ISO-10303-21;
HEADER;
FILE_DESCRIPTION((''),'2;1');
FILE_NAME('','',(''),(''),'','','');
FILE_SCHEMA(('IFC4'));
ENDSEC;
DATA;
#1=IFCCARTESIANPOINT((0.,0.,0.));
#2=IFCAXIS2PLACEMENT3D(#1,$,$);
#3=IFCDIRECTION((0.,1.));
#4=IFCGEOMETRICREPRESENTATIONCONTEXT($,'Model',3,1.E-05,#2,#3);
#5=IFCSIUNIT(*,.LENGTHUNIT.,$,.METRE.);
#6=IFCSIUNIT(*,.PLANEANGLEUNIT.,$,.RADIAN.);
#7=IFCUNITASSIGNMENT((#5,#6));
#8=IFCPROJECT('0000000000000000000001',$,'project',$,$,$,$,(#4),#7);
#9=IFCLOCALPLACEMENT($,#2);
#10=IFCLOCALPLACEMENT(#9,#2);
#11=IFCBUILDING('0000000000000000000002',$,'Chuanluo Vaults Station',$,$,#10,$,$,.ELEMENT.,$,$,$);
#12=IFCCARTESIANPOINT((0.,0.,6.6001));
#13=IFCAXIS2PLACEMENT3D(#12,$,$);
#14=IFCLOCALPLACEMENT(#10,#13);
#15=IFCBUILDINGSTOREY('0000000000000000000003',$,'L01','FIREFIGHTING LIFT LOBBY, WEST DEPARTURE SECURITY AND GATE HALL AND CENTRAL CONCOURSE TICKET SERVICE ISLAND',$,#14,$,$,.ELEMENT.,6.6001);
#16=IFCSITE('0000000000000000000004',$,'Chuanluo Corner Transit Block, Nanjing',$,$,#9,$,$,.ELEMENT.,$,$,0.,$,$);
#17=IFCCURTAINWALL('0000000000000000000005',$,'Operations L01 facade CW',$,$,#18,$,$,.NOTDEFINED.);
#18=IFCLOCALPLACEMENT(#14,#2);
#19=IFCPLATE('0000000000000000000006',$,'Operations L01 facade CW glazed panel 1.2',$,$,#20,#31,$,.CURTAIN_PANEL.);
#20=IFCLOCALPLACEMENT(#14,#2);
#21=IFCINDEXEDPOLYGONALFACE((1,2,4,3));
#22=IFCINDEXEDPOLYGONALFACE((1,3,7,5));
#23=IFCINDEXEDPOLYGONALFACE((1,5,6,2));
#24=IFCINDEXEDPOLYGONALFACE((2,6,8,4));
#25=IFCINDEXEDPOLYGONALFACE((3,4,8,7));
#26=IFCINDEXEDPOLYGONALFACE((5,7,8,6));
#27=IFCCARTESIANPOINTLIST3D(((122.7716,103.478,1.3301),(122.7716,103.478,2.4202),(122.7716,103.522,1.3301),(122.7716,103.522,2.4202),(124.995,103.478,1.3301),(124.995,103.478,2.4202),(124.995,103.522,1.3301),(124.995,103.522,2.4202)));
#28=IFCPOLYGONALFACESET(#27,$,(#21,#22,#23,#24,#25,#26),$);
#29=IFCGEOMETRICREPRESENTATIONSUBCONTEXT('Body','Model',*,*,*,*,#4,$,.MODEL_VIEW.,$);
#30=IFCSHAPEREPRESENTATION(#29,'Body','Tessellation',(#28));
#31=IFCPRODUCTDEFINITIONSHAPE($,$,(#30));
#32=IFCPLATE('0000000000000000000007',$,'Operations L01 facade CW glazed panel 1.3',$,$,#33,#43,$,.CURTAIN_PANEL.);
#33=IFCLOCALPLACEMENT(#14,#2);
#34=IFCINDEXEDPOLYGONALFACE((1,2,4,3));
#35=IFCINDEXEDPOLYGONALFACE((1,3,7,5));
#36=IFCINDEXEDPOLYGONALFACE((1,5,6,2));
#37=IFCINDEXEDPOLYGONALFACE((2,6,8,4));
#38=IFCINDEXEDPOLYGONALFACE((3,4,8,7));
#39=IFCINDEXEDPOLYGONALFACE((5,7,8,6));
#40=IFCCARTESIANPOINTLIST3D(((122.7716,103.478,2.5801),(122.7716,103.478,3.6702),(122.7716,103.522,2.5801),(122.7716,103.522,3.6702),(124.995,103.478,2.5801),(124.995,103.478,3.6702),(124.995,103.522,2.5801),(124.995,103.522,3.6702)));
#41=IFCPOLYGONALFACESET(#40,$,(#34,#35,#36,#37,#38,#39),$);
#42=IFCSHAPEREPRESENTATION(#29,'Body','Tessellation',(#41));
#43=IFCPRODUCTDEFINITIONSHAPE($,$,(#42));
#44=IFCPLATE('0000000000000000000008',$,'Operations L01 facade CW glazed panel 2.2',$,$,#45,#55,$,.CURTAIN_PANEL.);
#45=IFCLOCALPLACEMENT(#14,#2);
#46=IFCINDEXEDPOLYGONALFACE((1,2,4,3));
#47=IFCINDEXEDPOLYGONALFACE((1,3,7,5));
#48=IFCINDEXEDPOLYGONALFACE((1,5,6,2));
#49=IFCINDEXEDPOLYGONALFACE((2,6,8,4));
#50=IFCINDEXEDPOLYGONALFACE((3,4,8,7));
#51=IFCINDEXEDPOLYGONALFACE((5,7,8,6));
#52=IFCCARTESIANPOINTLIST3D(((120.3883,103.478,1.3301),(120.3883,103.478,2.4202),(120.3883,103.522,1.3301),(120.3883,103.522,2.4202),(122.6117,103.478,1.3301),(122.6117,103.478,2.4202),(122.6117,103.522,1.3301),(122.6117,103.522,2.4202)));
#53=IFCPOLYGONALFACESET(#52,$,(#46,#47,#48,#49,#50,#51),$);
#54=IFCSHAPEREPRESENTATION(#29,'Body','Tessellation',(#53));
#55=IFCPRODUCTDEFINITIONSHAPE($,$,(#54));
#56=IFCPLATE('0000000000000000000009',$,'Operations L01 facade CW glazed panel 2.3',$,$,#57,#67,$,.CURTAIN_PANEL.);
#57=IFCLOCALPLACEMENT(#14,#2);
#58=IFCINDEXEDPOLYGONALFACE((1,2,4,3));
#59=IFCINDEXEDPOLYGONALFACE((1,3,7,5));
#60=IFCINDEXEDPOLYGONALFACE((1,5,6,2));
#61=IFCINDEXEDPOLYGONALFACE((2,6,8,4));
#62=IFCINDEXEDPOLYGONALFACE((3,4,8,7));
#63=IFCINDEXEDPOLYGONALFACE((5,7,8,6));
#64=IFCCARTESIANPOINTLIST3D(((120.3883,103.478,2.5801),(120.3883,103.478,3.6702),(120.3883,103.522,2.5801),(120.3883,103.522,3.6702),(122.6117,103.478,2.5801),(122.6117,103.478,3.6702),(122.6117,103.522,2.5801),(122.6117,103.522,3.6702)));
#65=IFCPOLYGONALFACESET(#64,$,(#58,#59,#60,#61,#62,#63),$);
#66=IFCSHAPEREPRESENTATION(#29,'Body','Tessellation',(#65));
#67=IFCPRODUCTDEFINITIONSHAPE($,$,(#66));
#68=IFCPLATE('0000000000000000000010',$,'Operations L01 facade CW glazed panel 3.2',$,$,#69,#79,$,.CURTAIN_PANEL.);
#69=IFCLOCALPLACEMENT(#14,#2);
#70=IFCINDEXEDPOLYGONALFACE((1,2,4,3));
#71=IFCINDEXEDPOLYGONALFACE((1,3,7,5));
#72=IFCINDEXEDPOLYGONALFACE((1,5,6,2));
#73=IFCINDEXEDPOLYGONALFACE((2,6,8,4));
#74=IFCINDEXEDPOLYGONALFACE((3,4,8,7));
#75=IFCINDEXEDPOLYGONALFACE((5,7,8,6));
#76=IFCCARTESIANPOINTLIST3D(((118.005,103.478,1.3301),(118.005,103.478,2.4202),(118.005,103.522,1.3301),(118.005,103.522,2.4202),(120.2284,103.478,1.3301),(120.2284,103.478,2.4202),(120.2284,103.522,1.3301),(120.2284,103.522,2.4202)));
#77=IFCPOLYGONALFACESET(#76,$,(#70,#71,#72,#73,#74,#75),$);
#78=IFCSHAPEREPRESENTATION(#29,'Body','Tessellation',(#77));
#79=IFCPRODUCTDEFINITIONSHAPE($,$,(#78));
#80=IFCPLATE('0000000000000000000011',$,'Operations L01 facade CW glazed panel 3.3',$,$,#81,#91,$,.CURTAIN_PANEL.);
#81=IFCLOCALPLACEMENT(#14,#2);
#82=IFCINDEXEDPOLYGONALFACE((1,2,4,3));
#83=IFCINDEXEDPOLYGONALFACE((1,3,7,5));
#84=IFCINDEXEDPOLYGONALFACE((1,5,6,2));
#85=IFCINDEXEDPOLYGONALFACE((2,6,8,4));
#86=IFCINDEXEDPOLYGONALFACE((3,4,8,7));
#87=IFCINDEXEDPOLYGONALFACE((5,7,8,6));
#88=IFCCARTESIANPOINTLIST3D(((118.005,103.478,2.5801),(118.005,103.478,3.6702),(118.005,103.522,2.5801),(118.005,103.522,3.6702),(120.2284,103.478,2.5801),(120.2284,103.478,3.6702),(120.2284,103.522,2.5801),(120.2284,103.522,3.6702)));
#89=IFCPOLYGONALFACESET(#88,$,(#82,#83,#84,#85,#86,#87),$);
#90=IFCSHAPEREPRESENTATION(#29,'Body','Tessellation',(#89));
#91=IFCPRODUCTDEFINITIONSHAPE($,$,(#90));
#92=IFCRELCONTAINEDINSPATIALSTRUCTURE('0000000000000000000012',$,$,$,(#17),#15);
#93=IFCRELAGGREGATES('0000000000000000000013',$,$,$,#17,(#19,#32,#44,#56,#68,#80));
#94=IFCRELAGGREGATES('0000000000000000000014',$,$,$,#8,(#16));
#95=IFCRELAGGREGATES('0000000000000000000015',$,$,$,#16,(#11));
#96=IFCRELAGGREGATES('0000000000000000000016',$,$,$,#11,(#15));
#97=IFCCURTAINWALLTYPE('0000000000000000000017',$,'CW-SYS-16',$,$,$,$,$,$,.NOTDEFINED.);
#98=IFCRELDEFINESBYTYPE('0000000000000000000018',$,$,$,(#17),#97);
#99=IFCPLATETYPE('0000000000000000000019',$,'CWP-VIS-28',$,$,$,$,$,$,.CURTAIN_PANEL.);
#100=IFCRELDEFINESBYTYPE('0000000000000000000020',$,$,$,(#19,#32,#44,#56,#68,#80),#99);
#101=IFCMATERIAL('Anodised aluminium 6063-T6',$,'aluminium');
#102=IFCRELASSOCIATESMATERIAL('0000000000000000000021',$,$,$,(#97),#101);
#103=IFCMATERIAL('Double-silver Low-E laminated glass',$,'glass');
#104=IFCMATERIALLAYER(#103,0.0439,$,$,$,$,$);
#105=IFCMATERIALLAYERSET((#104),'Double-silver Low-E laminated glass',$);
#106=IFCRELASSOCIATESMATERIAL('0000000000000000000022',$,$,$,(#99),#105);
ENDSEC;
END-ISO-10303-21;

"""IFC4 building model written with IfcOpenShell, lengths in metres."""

from ifc_helpers import new_model, si_unit, direction, frame, origin, origin_2d, place, context, subcontext, project, spatial, rectangle, extrude, material, layer, layer_set, type_object, element, aggregate, save


model = new_model("IFC4")

# Units and contexts
model_context = context("Model", 3, precision=1e-05, world=origin(), true_north=direction((0.0, 1.0)))
body_context = subcontext(model_context, "Body", "Model", "MODEL_VIEW")
ifc_project = project(units=[si_unit("LENGTHUNIT", "METRE"), si_unit("PLANEANGLEUNIT", "RADIAN")], contexts=[model_context])

# Site, building, storey
site_placement = place(None, origin())
site = spatial("IfcSite", under=ifc_project, at=site_placement, Name="Chuanluo Corner Transit Block, Nanjing", CompositionType="ELEMENT", RefElevation=0.0)
building_placement = place(site_placement, origin())
building = spatial("IfcBuilding", under=site, at=building_placement, Name="Chuanluo Vaults Station", CompositionType="ELEMENT")
storey_placement = place(building_placement, frame((0.0, 0.0, 6.6001)))
storey = spatial("IfcBuildingStorey", under=building, at=storey_placement, Name="L01", Description="FIREFIGHTING LIFT LOBBY, WEST DEPARTURE SECURITY AND GATE HALL AND CENTRAL CONCOURSE TICKET SERVICE ISLAND", CompositionType="ELEMENT", Elevation=6.6001)

# Curtain wall, plates
ifc_material_1 = material(Name="Anodised aluminium 6063-T6", Category="aluminium")
curtain_wall_type = type_object("IfcCurtainWallType", Name="CW-SYS-16", PredefinedType="NOTDEFINED", material=ifc_material_1)
curtain_wall_placement = place(storey_placement, origin())
curtain_wall = element("IfcCurtainWall", 1, at=curtain_wall_placement, inside=storey, type_object=curtain_wall_type, Name="Operations L01 facade CW", PredefinedType="NOTDEFINED")
ifc_material_2 = material(Name="Double-silver Low-E laminated glass", Category="glass")
ifc_layer_1 = layer(ifc_material_2, 0.0439)
ifc_layer_set_1 = layer_set([ifc_layer_1], Name="Double-silver Low-E laminated glass")
plate_type_1 = type_object("IfcPlateType", Name="CWP-VIS-28", PredefinedType="CURTAIN_PANEL", material=ifc_layer_set_1)
plate_1_placement = place(storey_placement, frame((123.8833, 103.5, 1.3301), z_axis=(0.0, 0.0, 1.0), x_axis=(-1.0, 0.0, 0.0)))
plate_1 = element("IfcPlate", 2, at=plate_1_placement, type_object=plate_type_1, Name="Operations L01 facade CW glazed panel 1.2", PredefinedType="CURTAIN_PANEL", context=body_context, shape_type="SweptSolid", body=[
    extrude(rectangle(XDim=2.2234, YDim=0.0439, at=origin_2d()), origin(), (0.0, 0.0, 1.0), 1.0901),
])
plate_2_placement = place(storey_placement, frame((123.8833, 103.5, 2.5801), z_axis=(0.0, 0.0, 1.0), x_axis=(-1.0, 0.0, 0.0)))
plate_2 = element("IfcPlate", 3, at=plate_2_placement, type_object=plate_type_1, Name="Operations L01 facade CW glazed panel 1.3", PredefinedType="CURTAIN_PANEL", context=body_context, shape_type="SweptSolid", body=[
    extrude(rectangle(XDim=2.2234, YDim=0.0439, at=origin_2d()), origin(), (0.0, 0.0, 1.0), 1.0901),
])
plate_3_placement = place(storey_placement, frame((121.5, 103.5, 1.3301), z_axis=(0.0, 0.0, 1.0), x_axis=(-1.0, 0.0, 0.0)))
plate_3 = element("IfcPlate", 4, at=plate_3_placement, type_object=plate_type_1, Name="Operations L01 facade CW glazed panel 2.2", PredefinedType="CURTAIN_PANEL", context=body_context, shape_type="SweptSolid", body=[
    extrude(rectangle(XDim=2.2234, YDim=0.0439, at=origin_2d()), origin(), (0.0, 0.0, 1.0), 1.0901),
])
plate_4_placement = place(storey_placement, frame((121.5, 103.5, 2.5801), z_axis=(0.0, 0.0, 1.0), x_axis=(-1.0, 0.0, 0.0)))
plate_4 = element("IfcPlate", 5, at=plate_4_placement, type_object=plate_type_1, Name="Operations L01 facade CW glazed panel 2.3", PredefinedType="CURTAIN_PANEL", context=body_context, shape_type="SweptSolid", body=[
    extrude(rectangle(XDim=2.2234, YDim=0.0439, at=origin_2d()), origin(), (0.0, 0.0, 1.0), 1.0901),
])
plate_5_placement = place(storey_placement, frame((119.1167, 103.5, 1.3301), z_axis=(0.0, 0.0, 1.0), x_axis=(-1.0, 0.0, 0.0)))
plate_5 = element("IfcPlate", 6, at=plate_5_placement, type_object=plate_type_1, Name="Operations L01 facade CW glazed panel 3.2", PredefinedType="CURTAIN_PANEL", context=body_context, shape_type="SweptSolid", body=[
    extrude(rectangle(XDim=2.2234, YDim=0.0439, at=origin_2d()), origin(), (0.0, 0.0, 1.0), 1.0901),
])
plate_6_placement = place(storey_placement, frame((119.1167, 103.5, 2.5801), z_axis=(0.0, 0.0, 1.0), x_axis=(-1.0, 0.0, 0.0)))
plate_6 = element("IfcPlate", 7, at=plate_6_placement, type_object=plate_type_1, Name="Operations L01 facade CW glazed panel 3.3", PredefinedType="CURTAIN_PANEL", context=body_context, shape_type="SweptSolid", body=[
    extrude(rectangle(XDim=2.2234, YDim=0.0439, at=origin_2d()), origin(), (0.0, 0.0, 1.0), 1.0901),
])
aggregate(curtain_wall, [plate_1, plate_2, plate_3, plate_4, plate_5, plate_6])

save(model, "model.ifc")
